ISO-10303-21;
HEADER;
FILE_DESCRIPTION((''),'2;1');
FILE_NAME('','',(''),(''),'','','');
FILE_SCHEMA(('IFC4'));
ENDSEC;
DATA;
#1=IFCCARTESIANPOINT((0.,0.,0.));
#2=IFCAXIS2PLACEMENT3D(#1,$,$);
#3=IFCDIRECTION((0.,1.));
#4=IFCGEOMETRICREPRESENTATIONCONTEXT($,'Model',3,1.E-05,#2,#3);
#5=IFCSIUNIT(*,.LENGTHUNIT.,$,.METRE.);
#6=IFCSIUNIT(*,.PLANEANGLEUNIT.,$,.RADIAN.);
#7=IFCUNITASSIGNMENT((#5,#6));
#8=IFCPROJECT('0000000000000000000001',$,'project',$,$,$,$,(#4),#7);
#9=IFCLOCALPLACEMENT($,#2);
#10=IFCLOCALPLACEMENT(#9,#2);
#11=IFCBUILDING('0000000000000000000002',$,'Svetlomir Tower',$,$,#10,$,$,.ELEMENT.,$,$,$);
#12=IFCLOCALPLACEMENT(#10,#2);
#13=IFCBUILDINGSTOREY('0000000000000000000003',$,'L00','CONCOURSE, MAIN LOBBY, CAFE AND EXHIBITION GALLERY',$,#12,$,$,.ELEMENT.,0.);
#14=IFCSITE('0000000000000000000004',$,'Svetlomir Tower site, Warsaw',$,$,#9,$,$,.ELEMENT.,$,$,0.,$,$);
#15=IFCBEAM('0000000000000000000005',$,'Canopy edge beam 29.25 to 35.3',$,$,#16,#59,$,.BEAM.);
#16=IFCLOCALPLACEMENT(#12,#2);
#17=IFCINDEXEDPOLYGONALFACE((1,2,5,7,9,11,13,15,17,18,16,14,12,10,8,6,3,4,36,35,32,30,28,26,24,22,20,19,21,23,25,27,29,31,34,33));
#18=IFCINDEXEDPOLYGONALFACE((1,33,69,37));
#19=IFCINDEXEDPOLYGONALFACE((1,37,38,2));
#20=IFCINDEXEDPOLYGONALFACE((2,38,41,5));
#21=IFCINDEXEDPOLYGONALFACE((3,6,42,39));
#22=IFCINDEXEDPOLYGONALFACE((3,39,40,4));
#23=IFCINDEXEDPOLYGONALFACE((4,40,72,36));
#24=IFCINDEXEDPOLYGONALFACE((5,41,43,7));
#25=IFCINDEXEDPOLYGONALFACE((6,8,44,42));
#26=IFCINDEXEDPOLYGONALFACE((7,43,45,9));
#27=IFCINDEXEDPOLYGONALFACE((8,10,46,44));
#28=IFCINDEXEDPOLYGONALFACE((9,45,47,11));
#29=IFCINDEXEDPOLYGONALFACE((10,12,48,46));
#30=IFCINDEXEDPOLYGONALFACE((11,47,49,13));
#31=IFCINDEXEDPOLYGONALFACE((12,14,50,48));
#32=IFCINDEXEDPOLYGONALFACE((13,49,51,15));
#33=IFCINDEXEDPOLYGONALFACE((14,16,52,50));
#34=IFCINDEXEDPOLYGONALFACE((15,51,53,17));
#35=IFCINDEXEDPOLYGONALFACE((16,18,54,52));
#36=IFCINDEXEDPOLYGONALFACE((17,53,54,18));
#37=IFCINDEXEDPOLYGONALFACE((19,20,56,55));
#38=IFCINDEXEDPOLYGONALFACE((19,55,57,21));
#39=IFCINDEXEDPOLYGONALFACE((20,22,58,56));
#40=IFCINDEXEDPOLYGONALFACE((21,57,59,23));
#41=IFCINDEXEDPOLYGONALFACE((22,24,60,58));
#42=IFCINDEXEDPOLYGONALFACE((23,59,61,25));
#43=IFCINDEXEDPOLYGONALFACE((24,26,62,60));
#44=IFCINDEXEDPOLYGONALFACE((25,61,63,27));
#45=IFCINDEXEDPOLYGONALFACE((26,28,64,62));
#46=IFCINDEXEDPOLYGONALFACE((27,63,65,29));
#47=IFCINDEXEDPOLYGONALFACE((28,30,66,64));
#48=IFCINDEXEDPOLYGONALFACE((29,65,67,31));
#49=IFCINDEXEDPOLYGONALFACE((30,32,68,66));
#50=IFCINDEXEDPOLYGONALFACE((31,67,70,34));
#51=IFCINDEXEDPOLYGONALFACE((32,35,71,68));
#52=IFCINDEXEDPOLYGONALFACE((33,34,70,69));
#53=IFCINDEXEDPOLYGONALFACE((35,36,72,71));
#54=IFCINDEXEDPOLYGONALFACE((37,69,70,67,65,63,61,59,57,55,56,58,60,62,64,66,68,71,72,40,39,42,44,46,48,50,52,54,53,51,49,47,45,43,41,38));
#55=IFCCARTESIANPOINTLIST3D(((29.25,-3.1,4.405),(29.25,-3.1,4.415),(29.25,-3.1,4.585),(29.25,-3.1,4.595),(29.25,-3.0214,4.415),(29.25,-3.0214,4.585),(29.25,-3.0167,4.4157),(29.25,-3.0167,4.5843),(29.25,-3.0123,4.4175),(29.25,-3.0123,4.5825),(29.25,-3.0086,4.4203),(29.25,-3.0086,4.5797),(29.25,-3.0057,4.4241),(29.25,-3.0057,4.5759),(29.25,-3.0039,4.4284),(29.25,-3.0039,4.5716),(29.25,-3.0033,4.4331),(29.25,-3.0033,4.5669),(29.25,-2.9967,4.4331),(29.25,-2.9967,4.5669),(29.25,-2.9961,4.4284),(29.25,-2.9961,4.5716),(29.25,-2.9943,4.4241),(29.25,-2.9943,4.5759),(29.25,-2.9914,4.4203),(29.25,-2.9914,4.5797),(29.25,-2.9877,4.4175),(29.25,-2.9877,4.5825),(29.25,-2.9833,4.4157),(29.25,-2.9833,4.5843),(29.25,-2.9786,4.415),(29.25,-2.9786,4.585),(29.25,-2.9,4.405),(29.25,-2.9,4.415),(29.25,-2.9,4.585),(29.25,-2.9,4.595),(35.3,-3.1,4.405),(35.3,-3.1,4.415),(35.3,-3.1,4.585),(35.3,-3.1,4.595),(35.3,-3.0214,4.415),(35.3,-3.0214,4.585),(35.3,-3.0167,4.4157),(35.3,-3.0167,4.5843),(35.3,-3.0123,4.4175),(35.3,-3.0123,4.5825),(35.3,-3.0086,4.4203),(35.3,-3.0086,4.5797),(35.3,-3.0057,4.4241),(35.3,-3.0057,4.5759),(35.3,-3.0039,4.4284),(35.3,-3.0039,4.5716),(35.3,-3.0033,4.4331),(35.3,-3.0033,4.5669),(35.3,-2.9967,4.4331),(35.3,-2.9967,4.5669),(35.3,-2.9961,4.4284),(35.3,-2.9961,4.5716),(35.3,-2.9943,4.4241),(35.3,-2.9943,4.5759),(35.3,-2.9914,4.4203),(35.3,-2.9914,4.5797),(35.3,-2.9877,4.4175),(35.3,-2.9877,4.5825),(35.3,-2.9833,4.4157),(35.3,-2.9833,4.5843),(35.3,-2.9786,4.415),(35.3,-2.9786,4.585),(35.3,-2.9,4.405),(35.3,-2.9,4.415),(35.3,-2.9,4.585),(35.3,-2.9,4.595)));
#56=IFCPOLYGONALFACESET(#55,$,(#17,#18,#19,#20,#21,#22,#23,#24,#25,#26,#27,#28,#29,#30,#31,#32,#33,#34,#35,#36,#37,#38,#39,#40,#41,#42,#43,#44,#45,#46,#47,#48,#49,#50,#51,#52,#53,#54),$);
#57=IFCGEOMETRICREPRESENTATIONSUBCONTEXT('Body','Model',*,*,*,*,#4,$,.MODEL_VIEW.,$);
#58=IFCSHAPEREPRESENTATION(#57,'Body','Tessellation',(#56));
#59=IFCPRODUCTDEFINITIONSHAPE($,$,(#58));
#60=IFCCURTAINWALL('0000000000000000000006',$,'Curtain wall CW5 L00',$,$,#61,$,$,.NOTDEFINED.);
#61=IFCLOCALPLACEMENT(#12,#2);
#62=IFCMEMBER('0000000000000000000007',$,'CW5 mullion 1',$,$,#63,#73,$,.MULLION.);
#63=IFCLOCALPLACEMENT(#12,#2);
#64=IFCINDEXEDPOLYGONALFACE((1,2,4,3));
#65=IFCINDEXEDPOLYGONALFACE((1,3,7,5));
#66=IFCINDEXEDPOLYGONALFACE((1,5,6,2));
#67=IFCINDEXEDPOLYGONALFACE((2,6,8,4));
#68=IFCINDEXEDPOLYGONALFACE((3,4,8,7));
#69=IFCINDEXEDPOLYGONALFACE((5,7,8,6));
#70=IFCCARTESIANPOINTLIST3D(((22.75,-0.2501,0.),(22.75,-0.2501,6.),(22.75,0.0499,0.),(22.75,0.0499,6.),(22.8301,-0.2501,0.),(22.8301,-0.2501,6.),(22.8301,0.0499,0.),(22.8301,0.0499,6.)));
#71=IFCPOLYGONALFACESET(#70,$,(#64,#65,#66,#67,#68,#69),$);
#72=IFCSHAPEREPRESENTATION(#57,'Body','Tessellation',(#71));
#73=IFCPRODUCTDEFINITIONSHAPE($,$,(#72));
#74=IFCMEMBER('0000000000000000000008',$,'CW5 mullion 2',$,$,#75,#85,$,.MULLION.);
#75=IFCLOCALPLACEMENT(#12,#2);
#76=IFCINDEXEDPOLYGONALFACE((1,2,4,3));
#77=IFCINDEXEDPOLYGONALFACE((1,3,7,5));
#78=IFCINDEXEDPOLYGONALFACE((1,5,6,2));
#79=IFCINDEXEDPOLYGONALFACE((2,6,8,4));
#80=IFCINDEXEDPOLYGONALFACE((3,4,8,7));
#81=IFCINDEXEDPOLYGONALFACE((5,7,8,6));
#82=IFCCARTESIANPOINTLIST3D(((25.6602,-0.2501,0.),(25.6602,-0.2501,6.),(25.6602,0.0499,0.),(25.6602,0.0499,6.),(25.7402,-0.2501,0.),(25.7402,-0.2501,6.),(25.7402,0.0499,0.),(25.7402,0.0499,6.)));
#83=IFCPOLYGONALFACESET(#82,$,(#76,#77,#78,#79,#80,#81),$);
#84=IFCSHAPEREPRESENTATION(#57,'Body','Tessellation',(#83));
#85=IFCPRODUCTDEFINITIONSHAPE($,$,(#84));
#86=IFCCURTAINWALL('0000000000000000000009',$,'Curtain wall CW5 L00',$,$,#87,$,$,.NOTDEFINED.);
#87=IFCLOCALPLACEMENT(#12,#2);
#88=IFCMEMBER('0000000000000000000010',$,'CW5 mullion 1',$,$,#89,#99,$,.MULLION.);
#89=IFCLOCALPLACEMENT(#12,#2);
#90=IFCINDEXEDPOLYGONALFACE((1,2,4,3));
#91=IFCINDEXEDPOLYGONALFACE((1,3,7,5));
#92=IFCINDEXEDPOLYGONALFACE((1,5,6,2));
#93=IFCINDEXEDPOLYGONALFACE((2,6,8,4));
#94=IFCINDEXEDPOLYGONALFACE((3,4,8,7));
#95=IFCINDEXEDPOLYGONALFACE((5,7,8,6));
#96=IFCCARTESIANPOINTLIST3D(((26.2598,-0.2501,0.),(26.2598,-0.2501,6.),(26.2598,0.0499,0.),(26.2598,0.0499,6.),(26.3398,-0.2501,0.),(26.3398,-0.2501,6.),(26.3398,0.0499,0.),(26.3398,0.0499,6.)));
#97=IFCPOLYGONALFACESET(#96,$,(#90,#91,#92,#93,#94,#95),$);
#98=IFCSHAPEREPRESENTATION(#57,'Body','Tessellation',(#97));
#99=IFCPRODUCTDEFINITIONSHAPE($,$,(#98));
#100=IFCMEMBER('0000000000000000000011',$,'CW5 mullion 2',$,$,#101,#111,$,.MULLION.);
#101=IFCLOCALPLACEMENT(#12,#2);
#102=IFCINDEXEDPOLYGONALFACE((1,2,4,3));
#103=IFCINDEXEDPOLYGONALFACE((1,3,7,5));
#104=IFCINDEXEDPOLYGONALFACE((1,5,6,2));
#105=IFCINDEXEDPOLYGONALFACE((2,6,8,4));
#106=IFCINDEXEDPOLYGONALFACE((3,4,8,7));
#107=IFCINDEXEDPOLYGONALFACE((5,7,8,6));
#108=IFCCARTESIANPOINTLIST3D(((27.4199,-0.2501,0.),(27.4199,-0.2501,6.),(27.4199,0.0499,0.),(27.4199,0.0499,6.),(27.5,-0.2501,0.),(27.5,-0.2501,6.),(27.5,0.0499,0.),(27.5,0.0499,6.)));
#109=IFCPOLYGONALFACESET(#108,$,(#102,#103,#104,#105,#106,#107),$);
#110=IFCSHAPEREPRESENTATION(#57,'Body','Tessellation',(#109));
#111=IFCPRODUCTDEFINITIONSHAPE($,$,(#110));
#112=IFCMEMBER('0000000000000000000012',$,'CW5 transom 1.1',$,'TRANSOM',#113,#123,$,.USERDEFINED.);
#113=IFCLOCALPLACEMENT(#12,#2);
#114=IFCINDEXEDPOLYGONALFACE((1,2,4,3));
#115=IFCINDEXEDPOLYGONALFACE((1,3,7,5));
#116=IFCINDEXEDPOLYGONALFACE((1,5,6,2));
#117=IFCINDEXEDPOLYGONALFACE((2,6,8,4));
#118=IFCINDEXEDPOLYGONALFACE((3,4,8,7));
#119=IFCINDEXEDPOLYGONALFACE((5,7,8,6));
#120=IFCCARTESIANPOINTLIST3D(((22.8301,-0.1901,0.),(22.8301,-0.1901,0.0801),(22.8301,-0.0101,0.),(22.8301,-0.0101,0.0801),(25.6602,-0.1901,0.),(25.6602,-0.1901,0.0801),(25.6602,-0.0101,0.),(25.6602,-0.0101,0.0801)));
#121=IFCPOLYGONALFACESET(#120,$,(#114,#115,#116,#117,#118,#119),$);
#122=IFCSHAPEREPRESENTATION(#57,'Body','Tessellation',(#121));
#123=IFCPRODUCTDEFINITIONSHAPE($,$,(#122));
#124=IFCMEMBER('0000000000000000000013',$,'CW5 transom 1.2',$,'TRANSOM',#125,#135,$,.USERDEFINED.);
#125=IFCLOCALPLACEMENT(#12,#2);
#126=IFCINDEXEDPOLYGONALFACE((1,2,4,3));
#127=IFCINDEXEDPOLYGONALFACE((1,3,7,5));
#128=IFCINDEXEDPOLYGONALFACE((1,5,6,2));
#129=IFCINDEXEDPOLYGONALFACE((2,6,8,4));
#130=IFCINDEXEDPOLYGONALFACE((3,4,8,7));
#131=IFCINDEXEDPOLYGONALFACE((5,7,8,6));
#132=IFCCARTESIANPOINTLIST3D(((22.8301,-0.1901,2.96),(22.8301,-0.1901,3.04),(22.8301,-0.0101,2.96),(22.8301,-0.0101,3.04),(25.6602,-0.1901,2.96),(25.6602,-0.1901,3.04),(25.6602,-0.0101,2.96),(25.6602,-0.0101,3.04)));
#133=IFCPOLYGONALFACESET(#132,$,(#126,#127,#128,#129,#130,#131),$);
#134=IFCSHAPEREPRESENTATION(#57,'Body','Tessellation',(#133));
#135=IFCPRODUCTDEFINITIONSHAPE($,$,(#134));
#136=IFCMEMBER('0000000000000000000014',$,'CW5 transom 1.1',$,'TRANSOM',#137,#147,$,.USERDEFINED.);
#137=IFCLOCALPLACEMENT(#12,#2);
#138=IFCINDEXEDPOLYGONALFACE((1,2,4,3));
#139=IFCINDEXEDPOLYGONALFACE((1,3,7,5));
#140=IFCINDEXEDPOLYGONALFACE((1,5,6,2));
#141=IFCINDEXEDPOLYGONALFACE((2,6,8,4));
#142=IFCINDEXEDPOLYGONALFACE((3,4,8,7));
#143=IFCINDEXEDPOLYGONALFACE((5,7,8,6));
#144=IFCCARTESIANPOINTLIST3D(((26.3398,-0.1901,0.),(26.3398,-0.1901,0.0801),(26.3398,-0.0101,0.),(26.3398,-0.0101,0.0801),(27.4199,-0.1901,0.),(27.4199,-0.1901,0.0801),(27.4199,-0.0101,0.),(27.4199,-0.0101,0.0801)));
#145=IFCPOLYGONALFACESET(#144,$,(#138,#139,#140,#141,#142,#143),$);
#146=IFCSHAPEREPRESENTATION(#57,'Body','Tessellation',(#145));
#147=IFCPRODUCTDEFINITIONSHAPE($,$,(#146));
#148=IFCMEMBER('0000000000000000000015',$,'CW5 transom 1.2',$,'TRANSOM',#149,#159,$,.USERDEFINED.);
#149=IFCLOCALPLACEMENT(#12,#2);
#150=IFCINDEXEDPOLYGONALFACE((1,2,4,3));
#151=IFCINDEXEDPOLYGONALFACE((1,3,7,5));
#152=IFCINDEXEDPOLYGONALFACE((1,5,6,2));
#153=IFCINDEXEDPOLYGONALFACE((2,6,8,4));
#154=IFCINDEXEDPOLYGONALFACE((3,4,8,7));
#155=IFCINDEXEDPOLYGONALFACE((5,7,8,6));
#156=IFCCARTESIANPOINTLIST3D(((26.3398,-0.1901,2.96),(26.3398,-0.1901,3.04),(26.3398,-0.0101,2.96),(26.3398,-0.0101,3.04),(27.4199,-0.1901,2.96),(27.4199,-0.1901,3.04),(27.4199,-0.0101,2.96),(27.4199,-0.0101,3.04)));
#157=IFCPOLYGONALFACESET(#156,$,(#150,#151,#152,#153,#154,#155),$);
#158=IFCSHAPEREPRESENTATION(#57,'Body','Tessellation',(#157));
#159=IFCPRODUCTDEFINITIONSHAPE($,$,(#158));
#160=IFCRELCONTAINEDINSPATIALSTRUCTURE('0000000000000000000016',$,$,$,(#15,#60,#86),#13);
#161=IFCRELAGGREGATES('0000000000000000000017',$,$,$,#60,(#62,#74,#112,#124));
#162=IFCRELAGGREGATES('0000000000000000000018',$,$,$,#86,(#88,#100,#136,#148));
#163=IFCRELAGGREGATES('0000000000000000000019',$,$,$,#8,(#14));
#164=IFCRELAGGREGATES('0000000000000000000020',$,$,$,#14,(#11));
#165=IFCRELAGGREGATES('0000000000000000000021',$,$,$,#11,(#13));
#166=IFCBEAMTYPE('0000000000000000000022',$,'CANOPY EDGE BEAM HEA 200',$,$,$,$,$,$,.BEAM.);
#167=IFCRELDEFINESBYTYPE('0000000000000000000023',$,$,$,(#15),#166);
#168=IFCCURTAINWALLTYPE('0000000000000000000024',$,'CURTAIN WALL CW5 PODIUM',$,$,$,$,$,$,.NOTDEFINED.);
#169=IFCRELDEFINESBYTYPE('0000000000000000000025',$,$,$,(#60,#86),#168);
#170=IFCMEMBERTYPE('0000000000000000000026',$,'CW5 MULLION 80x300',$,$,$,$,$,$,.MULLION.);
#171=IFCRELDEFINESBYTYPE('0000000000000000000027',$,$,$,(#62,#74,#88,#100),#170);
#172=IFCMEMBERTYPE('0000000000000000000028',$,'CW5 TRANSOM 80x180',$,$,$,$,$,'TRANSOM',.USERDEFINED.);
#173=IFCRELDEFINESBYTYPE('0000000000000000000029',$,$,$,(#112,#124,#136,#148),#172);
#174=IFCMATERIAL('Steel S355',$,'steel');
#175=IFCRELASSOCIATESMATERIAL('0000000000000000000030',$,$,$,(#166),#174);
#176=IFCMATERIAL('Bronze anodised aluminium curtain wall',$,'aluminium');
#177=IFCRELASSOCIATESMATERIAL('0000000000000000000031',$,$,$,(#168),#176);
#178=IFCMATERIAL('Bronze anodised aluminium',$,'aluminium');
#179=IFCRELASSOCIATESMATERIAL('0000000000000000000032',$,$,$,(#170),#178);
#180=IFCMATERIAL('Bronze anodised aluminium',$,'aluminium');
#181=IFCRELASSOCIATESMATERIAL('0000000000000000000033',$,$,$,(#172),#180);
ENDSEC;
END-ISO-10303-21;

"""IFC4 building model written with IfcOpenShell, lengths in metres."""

from ifc_helpers import new_model, si_unit, direction, frame, origin, origin_2d, place, context, subcontext, project, spatial, rectangle, i_section, extrude, material, material_profile, profile_set, type_object, element, aggregate, save


model = new_model("IFC4")

# Units and contexts
model_context = context("Model", 3, precision=1e-05, world=origin(), true_north=direction((0.0, 1.0)))
body_context = subcontext(model_context, "Body", "Model", "MODEL_VIEW")
ifc_project = project(units=[si_unit("LENGTHUNIT", "METRE"), si_unit("PLANEANGLEUNIT", "RADIAN")], contexts=[model_context])

# Site, building, storey
site_placement = place(None, origin())
site = spatial("IfcSite", under=ifc_project, at=site_placement, Name="Svetlomir Tower site, Warsaw", CompositionType="ELEMENT", RefElevation=0.0)
building_placement = place(site_placement, origin())
building = spatial("IfcBuilding", under=site, at=building_placement, Name="Svetlomir Tower", CompositionType="ELEMENT")
storey_placement = place(building_placement, origin())
storey = spatial("IfcBuildingStorey", under=building, at=storey_placement, Name="L00", Description="CONCOURSE, MAIN LOBBY, CAFE AND EXHIBITION GALLERY", CompositionType="ELEMENT", Elevation=0.0)

# Beam
ifc_material_1 = material(Name="Steel S355", Category="steel")
ifc_material_profile_1 = material_profile(ifc_material_1, i_section(OverallWidth=0.2, OverallDepth=0.1899, WebThickness=0.0066, FlangeThickness=0.01, FilletRadius=0.0181, at=origin_2d()), Name="HEA 200")
ifc_profile_set_1 = profile_set([ifc_material_profile_1], Name="Steel S355")
beam_type_1 = type_object("IfcBeamType", Name="CANOPY EDGE BEAM HEA 200", PredefinedType="BEAM", material=ifc_profile_set_1)
beam_1_placement = place(storey_placement, frame((29.25, -3.0, 4.5), z_axis=(1.0, 0.0, 0.0), x_axis=(0.0, 1.0, 0.0)))
element("IfcBeam", 1, at=beam_1_placement, inside=storey, type_object=beam_type_1, Name="Canopy edge beam 29.25 to 35.3", PredefinedType="BEAM", context=body_context, shape_type="SweptSolid", body=[
    extrude(i_section(OverallWidth=0.2, OverallDepth=0.1899, WebThickness=0.0066, FlangeThickness=0.01, FilletRadius=0.0181, at=origin_2d()), origin(), (0.0, 0.0, 1.0), 6.05),
])

# Curtain walls, members
ifc_material_2 = material(Name="Bronze anodised aluminium curtain wall", Category="aluminium")
curtain_wall_type = type_object("IfcCurtainWallType", Name="CURTAIN WALL CW5 PODIUM", PredefinedType="NOTDEFINED", material=ifc_material_2)
curtain_wall_1_placement = place(storey_placement, origin())
curtain_wall_1 = element("IfcCurtainWall", 2, at=curtain_wall_1_placement, inside=storey, type_object=curtain_wall_type, Name="Curtain wall CW5 L00", PredefinedType="NOTDEFINED")
ifc_material_3 = material(Name="Bronze anodised aluminium", Category="aluminium")
ifc_material_profile_2 = material_profile(ifc_material_3, rectangle(XDim=0.0801, YDim=0.3, at=origin_2d()), Name="AL 80x300")
ifc_profile_set_2 = profile_set([ifc_material_profile_2], Name="Bronze anodised aluminium 6063-T6")
member_type_1 = type_object("IfcMemberType", Name="CW5 MULLION 80x300", PredefinedType="MULLION", material=ifc_profile_set_2)
member_1_placement = place(storey_placement, frame((22.79, -0.1001, 0.0), z_axis=(0.0, 0.0, 1.0), x_axis=(1.0, 0.0, 0.0)))
member_1 = element("IfcMember", 3, at=member_1_placement, type_object=member_type_1, Name="CW5 mullion 1", PredefinedType="MULLION", context=body_context, shape_type="SweptSolid", body=[
    extrude(rectangle(XDim=0.0801, YDim=0.3, at=origin_2d()), origin(), (0.0, 0.0, 1.0), 6.0),
])
member_2_placement = place(storey_placement, frame((25.7002, -0.1001, 0.0), z_axis=(0.0, 0.0, 1.0), x_axis=(1.0, 0.0, 0.0)))
member_2 = element("IfcMember", 4, at=member_2_placement, type_object=member_type_1, Name="CW5 mullion 2", PredefinedType="MULLION", context=body_context, shape_type="SweptSolid", body=[
    extrude(rectangle(XDim=0.0801, YDim=0.3, at=origin_2d()), origin(), (0.0, 0.0, 1.0), 6.0),
])
curtain_wall_2_placement = place(storey_placement, origin())
curtain_wall_2 = element("IfcCurtainWall", 5, at=curtain_wall_2_placement, inside=storey, type_object=curtain_wall_type, Name="Curtain wall CW5 L00", PredefinedType="NOTDEFINED")
member_3_placement = place(storey_placement, frame((26.2998, -0.1001, 0.0), z_axis=(0.0, 0.0, 1.0), x_axis=(1.0, 0.0, 0.0)))
member_3 = element("IfcMember", 6, at=member_3_placement, type_object=member_type_1, Name="CW5 mullion 1", PredefinedType="MULLION", context=body_context, shape_type="SweptSolid", body=[
    extrude(rectangle(XDim=0.0801, YDim=0.3, at=origin_2d()), origin(), (0.0, 0.0, 1.0), 6.0),
])
member_4_placement = place(storey_placement, frame((27.46, -0.1001, 0.0), z_axis=(0.0, 0.0, 1.0), x_axis=(1.0, 0.0, 0.0)))
member_4 = element("IfcMember", 7, at=member_4_placement, type_object=member_type_1, Name="CW5 mullion 2", PredefinedType="MULLION", context=body_context, shape_type="SweptSolid", body=[
    extrude(rectangle(XDim=0.0801, YDim=0.3, at=origin_2d()), origin(), (0.0, 0.0, 1.0), 6.0),
])

# Members
ifc_material_4 = material(Name="Bronze anodised aluminium", Category="aluminium")
ifc_material_profile_3 = material_profile(ifc_material_4, rectangle(XDim=0.1799, YDim=0.0801, at=origin_2d()), Name="AL 180x80")
ifc_profile_set_3 = profile_set([ifc_material_profile_3], Name="Bronze anodised aluminium 6063-T6")
member_type_2 = type_object("IfcMemberType", Name="CW5 TRANSOM 80x180", ElementType="TRANSOM", PredefinedType="USERDEFINED", material=ifc_profile_set_3)
member_5_placement = place(storey_placement, frame((22.8301, -0.1001, 0.04), z_axis=(1.0, 0.0, 0.0), x_axis=(0.0, 1.0, 0.0)))
member_5 = element("IfcMember", 8, at=member_5_placement, type_object=member_type_2, Name="CW5 transom 1.1", ObjectType="TRANSOM", PredefinedType="USERDEFINED", context=body_context, shape_type="SweptSolid", body=[
    extrude(rectangle(XDim=0.1799, YDim=0.0801, at=origin_2d()), origin(), (0.0, 0.0, 1.0), 2.8301),
])
member_6_placement = place(storey_placement, frame((22.8301, -0.1001, 3.0), z_axis=(1.0, 0.0, 0.0), x_axis=(0.0, 1.0, 0.0)))
member_6 = element("IfcMember", 9, at=member_6_placement, type_object=member_type_2, Name="CW5 transom 1.2", ObjectType="TRANSOM", PredefinedType="USERDEFINED", context=body_context, shape_type="SweptSolid", body=[
    extrude(rectangle(XDim=0.1799, YDim=0.0801, at=origin_2d()), origin(), (0.0, 0.0, 1.0), 2.8301),
])
member_7_placement = place(storey_placement, frame((26.3398, -0.1001, 0.04), z_axis=(1.0, 0.0, 0.0), x_axis=(0.0, 1.0, 0.0)))
member_7 = element("IfcMember", 10, at=member_7_placement, type_object=member_type_2, Name="CW5 transom 1.1", ObjectType="TRANSOM", PredefinedType="USERDEFINED", context=body_context, shape_type="SweptSolid", body=[
    extrude(rectangle(XDim=0.1799, YDim=0.0801, at=origin_2d()), origin(), (0.0, 0.0, 1.0), 1.0801),
])
member_8_placement = place(storey_placement, frame((26.3398, -0.1001, 3.0), z_axis=(1.0, 0.0, 0.0), x_axis=(0.0, 1.0, 0.0)))
member_8 = element("IfcMember", 11, at=member_8_placement, type_object=member_type_2, Name="CW5 transom 1.2", ObjectType="TRANSOM", PredefinedType="USERDEFINED", context=body_context, shape_type="SweptSolid", body=[
    extrude(rectangle(XDim=0.1799, YDim=0.0801, at=origin_2d()), origin(), (0.0, 0.0, 1.0), 1.0801),
])

aggregate(curtain_wall_1, [member_1, member_2, member_5, member_6])
aggregate(curtain_wall_2, [member_3, member_4, member_7, member_8])

save(model, "model.ifc")
